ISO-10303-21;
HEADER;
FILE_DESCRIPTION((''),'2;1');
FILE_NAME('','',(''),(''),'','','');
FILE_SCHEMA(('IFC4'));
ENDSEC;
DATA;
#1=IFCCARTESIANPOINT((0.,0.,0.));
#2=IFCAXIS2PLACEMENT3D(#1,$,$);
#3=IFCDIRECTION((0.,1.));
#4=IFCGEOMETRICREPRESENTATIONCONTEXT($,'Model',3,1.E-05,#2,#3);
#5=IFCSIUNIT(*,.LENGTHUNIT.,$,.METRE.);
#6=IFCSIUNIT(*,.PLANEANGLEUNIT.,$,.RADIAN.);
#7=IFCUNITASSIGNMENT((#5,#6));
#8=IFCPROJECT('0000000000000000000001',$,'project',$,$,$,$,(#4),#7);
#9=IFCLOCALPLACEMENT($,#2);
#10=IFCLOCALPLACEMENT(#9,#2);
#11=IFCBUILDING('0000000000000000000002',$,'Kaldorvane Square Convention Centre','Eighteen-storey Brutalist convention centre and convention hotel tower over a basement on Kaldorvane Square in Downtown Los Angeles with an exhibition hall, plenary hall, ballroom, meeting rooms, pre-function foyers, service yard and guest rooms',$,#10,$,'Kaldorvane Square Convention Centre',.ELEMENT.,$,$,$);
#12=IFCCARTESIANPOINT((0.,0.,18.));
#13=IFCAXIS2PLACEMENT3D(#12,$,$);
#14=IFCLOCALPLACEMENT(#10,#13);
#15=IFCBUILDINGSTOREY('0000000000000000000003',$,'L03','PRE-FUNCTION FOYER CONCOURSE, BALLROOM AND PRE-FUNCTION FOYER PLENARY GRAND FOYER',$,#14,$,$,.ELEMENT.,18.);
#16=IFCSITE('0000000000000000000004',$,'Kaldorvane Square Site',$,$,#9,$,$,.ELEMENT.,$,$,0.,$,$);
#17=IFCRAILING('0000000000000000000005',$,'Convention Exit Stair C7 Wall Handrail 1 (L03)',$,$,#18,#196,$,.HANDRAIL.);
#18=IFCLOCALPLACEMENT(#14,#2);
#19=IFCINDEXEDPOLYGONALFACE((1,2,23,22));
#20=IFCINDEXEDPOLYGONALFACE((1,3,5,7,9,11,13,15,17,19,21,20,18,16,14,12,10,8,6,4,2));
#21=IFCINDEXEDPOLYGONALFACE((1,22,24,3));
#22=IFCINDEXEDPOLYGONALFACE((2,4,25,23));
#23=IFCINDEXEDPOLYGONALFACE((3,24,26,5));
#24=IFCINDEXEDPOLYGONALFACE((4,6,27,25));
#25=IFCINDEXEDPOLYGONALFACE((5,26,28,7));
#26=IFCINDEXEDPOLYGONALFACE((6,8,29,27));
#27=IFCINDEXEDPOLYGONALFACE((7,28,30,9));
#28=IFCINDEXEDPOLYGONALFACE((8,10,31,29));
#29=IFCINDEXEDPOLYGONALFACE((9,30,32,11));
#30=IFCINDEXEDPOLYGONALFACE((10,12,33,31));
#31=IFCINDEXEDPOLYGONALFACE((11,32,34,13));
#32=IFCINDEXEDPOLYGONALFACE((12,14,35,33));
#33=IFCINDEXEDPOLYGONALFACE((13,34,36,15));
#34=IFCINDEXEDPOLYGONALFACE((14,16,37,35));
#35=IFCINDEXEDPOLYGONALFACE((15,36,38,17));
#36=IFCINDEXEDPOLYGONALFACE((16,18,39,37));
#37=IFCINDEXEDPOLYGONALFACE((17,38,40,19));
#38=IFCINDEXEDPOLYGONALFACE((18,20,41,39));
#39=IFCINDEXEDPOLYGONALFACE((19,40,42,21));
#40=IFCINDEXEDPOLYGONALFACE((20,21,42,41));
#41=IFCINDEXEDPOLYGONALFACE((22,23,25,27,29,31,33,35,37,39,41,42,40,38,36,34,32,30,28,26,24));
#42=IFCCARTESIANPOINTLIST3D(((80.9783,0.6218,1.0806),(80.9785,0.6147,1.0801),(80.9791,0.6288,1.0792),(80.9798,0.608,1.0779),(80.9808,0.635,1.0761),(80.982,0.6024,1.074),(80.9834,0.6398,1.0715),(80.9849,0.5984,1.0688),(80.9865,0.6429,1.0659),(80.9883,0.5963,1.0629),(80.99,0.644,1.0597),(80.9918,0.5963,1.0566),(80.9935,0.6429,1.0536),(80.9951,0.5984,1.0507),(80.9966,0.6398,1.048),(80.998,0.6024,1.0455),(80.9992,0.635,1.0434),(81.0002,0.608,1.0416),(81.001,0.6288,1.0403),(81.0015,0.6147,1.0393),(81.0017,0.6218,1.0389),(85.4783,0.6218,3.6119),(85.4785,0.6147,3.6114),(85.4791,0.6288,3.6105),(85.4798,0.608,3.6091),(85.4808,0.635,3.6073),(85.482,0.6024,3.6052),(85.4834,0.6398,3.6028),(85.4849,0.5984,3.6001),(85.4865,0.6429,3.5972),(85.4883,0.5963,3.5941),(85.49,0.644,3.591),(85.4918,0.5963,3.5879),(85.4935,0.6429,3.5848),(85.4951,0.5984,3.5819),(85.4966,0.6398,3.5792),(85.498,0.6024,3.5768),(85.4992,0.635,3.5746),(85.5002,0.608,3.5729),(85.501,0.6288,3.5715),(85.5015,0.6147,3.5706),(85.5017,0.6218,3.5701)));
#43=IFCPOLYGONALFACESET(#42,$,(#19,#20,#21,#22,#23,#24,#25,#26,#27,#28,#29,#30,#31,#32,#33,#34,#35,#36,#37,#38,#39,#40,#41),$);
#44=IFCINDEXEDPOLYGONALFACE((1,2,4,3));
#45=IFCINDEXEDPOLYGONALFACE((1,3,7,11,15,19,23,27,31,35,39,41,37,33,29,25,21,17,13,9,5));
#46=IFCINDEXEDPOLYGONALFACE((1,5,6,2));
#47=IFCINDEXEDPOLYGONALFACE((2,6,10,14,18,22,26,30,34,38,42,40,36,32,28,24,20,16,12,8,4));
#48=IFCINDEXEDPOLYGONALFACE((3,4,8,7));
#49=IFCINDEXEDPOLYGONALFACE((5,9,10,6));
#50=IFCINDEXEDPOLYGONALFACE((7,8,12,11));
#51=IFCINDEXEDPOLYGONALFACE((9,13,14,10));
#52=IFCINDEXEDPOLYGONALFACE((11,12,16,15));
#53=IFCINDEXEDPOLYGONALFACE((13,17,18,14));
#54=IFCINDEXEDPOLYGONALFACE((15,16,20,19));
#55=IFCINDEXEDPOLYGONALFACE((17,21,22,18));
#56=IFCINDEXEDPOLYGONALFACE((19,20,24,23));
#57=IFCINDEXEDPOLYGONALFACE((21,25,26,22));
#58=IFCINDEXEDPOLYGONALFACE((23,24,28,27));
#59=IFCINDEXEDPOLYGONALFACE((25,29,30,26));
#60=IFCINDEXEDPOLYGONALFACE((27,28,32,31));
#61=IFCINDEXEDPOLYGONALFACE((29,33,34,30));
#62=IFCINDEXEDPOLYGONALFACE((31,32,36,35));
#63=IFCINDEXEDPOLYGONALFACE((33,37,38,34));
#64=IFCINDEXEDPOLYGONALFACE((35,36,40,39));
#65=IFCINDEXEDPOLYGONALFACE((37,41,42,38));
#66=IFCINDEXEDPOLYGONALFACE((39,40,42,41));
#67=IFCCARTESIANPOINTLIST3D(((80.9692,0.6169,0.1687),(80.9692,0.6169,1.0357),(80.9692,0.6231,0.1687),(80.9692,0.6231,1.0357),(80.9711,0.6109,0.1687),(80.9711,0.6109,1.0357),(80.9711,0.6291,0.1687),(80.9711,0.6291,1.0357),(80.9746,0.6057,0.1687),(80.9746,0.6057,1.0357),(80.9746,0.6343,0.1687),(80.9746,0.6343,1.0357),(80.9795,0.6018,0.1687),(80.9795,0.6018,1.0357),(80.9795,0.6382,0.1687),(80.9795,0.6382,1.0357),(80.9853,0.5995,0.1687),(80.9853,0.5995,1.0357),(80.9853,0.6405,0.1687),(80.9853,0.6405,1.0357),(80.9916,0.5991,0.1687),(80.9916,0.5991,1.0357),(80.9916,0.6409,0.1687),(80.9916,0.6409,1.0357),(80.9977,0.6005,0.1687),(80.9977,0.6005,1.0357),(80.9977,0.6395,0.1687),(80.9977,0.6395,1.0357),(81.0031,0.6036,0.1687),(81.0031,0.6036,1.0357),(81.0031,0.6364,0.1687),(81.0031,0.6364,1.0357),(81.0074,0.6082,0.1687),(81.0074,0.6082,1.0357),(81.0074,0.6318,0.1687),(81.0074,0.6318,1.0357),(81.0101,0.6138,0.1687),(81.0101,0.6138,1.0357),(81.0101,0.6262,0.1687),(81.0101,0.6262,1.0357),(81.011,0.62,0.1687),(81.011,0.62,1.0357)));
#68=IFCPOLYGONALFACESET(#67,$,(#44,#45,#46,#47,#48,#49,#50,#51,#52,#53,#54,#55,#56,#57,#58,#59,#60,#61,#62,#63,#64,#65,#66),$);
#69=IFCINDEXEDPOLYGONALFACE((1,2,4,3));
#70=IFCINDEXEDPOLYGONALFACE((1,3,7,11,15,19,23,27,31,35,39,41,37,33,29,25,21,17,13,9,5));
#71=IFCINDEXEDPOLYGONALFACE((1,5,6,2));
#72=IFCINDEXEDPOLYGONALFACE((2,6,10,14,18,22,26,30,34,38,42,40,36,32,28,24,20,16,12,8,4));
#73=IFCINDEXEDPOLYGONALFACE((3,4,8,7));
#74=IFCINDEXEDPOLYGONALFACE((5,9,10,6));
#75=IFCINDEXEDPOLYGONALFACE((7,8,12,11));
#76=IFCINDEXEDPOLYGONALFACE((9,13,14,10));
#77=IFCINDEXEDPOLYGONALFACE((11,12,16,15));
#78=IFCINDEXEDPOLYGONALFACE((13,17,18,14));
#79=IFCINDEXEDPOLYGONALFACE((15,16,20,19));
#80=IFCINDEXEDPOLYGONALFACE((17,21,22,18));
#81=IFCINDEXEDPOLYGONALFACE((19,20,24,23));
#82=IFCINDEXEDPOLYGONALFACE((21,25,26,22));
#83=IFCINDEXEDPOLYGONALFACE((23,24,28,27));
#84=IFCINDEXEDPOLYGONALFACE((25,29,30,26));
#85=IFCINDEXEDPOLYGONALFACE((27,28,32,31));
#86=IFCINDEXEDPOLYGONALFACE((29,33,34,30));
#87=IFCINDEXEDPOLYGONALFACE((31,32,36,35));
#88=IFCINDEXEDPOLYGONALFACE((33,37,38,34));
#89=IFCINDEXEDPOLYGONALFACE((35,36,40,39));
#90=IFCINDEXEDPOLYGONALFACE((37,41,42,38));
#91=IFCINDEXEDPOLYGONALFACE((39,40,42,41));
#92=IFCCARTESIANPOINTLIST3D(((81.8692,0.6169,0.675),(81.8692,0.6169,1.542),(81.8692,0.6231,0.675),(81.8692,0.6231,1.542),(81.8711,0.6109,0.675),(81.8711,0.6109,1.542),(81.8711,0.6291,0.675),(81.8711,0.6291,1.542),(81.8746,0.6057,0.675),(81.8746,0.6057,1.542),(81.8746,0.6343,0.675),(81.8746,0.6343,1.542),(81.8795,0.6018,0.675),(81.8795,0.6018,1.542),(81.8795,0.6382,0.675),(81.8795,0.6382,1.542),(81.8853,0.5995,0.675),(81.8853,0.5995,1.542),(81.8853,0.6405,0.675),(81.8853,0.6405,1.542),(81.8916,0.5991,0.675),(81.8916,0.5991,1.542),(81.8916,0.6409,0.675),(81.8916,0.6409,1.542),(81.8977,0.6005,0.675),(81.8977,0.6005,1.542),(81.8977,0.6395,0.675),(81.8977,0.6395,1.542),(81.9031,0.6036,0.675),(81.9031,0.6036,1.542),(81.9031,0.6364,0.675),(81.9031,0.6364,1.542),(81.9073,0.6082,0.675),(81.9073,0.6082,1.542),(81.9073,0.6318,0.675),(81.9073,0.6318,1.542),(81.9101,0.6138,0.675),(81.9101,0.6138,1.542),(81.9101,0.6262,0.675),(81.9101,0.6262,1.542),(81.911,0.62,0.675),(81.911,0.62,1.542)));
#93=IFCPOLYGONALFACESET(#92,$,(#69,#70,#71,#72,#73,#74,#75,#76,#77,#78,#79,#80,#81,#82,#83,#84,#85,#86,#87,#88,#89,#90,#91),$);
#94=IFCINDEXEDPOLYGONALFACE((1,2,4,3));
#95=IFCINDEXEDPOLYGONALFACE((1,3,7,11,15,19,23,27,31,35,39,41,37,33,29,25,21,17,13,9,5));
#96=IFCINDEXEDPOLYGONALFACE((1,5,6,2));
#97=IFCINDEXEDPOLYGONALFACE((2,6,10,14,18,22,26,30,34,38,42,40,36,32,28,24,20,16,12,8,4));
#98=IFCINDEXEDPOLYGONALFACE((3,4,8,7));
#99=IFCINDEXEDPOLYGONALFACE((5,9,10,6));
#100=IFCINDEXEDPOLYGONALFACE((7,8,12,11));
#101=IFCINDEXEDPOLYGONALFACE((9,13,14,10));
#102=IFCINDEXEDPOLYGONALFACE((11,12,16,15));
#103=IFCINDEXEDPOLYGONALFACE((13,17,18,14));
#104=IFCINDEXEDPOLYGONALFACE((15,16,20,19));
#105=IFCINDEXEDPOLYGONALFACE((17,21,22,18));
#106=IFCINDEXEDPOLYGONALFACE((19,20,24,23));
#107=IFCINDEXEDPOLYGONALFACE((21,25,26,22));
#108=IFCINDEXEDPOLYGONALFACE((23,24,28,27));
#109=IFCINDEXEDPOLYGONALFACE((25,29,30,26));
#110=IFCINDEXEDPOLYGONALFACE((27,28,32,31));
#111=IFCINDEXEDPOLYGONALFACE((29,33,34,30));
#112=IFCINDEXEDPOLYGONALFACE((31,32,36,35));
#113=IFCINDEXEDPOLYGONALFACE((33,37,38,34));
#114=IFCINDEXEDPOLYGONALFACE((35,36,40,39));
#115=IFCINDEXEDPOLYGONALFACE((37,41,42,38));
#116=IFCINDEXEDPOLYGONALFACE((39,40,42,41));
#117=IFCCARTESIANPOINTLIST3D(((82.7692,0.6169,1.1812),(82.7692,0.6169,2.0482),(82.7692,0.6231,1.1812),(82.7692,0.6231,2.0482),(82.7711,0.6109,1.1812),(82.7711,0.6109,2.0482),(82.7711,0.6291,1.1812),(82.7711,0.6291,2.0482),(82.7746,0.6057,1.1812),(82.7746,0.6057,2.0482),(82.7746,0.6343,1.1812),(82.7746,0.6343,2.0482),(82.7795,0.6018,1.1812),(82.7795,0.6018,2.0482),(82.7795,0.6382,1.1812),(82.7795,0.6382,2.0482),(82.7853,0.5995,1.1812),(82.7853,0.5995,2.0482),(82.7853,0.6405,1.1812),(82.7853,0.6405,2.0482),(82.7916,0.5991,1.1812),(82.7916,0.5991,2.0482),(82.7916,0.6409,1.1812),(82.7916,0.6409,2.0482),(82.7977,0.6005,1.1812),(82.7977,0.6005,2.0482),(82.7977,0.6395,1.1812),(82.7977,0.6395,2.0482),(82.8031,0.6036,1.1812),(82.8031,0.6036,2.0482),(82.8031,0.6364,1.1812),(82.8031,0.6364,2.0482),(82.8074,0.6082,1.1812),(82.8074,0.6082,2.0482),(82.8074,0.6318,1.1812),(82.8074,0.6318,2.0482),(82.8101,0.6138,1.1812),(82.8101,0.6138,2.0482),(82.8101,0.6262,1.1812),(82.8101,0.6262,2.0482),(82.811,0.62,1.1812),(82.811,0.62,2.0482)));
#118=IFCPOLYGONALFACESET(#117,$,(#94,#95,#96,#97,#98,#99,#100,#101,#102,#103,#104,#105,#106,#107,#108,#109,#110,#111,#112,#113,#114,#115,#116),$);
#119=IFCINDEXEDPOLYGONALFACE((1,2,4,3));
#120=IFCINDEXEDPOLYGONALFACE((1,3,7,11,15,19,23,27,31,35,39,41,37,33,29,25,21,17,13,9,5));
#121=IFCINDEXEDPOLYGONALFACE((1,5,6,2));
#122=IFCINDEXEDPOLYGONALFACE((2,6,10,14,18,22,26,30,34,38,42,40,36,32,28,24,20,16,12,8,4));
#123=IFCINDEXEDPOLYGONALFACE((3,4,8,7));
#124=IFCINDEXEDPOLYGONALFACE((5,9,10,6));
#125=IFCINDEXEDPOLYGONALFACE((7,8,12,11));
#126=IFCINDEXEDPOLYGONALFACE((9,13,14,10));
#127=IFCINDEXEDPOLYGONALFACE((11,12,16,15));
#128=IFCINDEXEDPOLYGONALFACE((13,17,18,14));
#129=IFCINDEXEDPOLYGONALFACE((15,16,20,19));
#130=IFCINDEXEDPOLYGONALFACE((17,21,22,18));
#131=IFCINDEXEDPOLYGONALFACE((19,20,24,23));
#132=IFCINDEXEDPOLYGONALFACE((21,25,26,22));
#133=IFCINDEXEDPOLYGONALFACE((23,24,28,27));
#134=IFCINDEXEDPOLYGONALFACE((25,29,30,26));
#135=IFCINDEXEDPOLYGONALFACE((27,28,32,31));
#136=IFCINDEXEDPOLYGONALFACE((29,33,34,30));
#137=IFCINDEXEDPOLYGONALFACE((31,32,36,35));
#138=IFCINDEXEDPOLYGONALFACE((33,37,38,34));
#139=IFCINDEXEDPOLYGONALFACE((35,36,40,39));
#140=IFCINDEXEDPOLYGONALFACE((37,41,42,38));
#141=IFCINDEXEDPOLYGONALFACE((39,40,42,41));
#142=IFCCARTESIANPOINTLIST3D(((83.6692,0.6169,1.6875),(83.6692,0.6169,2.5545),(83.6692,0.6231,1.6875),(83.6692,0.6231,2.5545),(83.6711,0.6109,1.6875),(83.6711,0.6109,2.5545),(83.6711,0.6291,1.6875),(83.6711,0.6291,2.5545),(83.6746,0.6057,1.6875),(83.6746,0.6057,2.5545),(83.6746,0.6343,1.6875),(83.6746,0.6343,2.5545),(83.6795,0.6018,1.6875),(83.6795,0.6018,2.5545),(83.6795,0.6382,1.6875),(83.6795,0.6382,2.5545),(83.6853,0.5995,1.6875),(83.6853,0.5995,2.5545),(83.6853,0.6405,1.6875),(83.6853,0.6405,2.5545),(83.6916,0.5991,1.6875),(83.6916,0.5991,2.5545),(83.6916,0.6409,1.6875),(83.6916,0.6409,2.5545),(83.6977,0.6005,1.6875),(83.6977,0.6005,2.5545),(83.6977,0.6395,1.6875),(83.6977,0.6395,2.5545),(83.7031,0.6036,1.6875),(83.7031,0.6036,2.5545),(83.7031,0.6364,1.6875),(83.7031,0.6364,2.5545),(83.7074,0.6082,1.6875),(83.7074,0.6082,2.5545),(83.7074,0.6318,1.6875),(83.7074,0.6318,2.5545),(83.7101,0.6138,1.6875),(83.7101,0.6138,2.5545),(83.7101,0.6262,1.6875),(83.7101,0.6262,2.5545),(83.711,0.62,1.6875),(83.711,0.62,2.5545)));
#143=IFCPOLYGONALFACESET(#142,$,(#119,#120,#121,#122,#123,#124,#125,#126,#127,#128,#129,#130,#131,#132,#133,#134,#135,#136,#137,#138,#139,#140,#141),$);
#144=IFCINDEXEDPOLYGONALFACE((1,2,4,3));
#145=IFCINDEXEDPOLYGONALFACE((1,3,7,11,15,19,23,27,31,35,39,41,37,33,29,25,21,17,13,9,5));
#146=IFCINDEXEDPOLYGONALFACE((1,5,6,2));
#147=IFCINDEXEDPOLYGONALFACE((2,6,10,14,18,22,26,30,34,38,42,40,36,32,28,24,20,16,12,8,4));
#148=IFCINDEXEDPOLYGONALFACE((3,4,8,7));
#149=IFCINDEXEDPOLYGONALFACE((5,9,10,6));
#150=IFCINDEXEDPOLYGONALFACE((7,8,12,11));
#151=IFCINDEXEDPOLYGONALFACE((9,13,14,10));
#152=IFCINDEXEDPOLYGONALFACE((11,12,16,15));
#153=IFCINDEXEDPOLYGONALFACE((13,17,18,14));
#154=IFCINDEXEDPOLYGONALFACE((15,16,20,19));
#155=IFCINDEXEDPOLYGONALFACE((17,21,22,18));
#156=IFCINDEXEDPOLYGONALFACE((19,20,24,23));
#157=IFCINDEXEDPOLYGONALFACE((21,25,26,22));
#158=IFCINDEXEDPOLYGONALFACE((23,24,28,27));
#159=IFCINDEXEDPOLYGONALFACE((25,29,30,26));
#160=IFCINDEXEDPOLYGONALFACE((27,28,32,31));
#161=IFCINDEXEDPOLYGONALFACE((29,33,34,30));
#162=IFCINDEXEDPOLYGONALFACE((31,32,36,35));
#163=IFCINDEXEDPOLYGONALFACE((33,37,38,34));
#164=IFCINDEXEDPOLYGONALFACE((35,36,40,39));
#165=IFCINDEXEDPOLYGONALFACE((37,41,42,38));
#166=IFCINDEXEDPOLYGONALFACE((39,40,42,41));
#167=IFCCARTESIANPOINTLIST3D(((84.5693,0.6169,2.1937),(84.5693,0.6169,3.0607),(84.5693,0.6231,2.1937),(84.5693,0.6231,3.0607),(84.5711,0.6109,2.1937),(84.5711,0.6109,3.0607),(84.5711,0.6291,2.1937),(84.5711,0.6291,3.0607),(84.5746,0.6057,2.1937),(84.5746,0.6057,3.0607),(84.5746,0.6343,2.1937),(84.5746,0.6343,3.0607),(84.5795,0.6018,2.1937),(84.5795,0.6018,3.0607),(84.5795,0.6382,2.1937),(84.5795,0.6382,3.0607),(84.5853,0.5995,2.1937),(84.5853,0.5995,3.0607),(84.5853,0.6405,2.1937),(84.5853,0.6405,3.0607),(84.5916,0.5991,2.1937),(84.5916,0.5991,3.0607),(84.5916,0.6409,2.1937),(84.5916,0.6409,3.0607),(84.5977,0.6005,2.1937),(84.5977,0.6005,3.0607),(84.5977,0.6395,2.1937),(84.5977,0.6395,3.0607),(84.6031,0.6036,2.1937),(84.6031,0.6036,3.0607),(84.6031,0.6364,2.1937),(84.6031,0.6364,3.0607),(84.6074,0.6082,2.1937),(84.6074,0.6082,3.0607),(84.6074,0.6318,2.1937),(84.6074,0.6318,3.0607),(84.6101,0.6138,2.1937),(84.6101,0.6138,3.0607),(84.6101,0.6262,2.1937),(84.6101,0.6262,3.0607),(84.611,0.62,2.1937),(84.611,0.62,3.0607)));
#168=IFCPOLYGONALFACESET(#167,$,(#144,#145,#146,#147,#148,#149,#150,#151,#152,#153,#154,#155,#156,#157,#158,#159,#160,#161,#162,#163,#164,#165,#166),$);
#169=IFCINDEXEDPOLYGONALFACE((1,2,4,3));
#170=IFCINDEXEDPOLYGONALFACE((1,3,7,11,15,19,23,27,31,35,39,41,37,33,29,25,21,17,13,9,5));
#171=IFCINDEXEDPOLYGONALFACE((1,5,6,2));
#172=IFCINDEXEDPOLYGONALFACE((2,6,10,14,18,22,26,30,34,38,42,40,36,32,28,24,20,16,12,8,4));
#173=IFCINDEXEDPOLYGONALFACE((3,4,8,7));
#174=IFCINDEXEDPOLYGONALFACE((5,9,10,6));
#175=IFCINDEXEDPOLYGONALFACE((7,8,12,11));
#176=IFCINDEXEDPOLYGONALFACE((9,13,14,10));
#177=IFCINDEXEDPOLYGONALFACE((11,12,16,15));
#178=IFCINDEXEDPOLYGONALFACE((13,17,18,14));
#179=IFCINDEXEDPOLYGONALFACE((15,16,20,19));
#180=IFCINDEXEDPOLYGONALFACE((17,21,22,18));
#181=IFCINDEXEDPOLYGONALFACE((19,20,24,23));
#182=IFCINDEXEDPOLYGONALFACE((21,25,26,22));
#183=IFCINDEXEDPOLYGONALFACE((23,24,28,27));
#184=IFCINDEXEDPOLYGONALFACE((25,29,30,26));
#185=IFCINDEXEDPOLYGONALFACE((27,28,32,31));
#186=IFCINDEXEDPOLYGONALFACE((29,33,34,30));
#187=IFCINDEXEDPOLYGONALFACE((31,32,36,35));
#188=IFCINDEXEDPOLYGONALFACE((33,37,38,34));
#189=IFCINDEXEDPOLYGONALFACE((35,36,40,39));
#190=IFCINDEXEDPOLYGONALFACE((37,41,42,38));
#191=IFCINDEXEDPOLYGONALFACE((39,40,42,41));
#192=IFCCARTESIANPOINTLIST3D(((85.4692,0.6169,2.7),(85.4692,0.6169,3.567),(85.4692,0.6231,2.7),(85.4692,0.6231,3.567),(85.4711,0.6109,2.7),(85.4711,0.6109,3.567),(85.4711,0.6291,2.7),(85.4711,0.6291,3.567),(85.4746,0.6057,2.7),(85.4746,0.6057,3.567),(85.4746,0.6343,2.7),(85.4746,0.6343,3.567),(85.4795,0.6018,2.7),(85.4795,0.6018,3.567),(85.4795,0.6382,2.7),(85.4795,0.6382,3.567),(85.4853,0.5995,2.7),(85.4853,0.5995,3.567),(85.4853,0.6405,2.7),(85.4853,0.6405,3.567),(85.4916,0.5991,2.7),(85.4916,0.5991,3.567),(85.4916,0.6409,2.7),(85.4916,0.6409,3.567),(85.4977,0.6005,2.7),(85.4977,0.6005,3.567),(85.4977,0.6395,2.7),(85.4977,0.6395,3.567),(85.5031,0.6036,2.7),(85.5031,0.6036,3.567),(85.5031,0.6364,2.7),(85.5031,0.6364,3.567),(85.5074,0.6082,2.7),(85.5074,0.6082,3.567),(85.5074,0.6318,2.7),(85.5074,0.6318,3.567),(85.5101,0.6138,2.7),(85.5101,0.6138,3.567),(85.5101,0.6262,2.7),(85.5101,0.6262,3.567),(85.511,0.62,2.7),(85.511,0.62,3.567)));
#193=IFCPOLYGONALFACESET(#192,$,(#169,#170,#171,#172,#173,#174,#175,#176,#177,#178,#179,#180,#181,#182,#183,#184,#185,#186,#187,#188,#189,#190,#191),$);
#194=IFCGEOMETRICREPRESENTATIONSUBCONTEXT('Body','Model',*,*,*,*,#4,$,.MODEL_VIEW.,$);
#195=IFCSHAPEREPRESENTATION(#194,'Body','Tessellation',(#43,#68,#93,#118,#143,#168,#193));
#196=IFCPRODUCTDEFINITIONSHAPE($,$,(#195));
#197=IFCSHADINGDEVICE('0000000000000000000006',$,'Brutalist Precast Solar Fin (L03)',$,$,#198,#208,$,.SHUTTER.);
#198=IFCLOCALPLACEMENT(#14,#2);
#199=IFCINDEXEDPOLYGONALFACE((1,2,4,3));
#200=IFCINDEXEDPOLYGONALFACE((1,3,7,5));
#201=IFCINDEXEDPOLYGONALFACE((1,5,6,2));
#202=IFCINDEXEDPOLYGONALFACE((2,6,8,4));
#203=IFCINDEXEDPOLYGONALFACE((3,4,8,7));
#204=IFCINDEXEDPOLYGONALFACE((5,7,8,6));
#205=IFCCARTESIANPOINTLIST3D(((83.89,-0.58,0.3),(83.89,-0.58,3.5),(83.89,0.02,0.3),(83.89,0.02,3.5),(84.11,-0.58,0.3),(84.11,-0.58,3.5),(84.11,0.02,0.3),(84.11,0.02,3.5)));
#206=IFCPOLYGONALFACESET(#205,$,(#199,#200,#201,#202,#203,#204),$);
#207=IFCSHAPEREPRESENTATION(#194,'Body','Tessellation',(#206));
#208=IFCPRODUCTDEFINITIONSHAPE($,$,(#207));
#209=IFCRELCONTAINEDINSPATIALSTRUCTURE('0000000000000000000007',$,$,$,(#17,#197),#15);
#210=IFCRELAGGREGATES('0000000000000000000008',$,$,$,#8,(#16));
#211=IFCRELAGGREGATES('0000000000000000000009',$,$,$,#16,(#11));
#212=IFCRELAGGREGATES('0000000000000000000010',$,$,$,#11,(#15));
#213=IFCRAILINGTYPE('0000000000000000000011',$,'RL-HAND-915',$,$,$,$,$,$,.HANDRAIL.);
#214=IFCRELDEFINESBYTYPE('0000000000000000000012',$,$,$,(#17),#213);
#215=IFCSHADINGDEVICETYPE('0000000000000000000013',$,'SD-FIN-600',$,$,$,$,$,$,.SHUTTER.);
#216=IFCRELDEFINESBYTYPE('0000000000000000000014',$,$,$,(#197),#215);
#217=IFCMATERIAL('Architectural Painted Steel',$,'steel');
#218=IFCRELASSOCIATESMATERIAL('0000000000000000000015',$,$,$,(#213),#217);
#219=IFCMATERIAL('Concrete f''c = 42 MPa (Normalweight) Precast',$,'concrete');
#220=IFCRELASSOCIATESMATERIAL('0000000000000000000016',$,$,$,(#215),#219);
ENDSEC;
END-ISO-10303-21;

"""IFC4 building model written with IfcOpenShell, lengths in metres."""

from ifc_helpers import new_model, si_unit, direction, frame, origin, origin_2d, place, context, subcontext, project, spatial, rectangle, circle, extrude, material, type_object, element, save


model = new_model("IFC4")

# Units and contexts
model_context = context("Model", 3, precision=1e-05, world=origin(), true_north=direction((0.0, 1.0)))
body_context = subcontext(model_context, "Body", "Model", "MODEL_VIEW")
ifc_project = project(units=[si_unit("LENGTHUNIT", "METRE"), si_unit("PLANEANGLEUNIT", "RADIAN")], contexts=[model_context])

# Site, building, storey
site_placement = place(None, origin())
site = spatial("IfcSite", under=ifc_project, at=site_placement, Name="Kaldorvane Square Site", CompositionType="ELEMENT", RefElevation=0.0)
building_placement = place(site_placement, origin())
building = spatial("IfcBuilding", under=site, at=building_placement, Name="Kaldorvane Square Convention Centre", Description="Eighteen-storey Brutalist convention centre and convention hotel tower over a basement on Kaldorvane Square in Downtown Los Angeles with an exhibition hall, plenary hall, ballroom, meeting rooms, pre-function foyers, service yard and guest rooms", LongName="Kaldorvane Square Convention Centre", CompositionType="ELEMENT")
storey_placement = place(building_placement, frame((0.0, 0.0, 18.0)))
storey = spatial("IfcBuildingStorey", under=building, at=storey_placement, Name="L03", Description="PRE-FUNCTION FOYER CONCOURSE, BALLROOM AND PRE-FUNCTION FOYER PLENARY GRAND FOYER", CompositionType="ELEMENT", Elevation=18.0)

# Railing
ifc_material_1 = material(Name="Architectural Painted Steel", Category="steel")
railing_type_1 = type_object("IfcRailingType", Name="RL-HAND-915", PredefinedType="HANDRAIL", material=ifc_material_1)
railing_1_placement = place(storey_placement, frame((80.99, 0.62, 0.1687)))
element("IfcRailing", 1, at=railing_1_placement, inside=storey, type_object=railing_type_1, Name="Convention Exit Stair C7 Wall Handrail 1 (L03)", PredefinedType="HANDRAIL", context=body_context, shape_type="SweptSolid", body=[
    extrude(circle(Radius=0.024, at=origin_2d()), frame((0.0, 0.0, 0.891), z_axis=(0.871576, 0.0, 0.490261), x_axis=(0.0, 1.0, 0.0)), (0.0, 0.0, 1.0), 5.1631),
    extrude(circle(Radius=0.021, at=origin_2d()), origin(), (0.0, 0.0, 1.0), 0.867),
    extrude(circle(Radius=0.021, at=origin_2d()), frame((0.9, 0.0, 0.5063)), (0.0, 0.0, 1.0), 0.867),
    extrude(circle(Radius=0.021, at=origin_2d()), frame((1.8, 0.0, 1.0125)), (0.0, 0.0, 1.0), 0.867),
    extrude(circle(Radius=0.021, at=origin_2d()), frame((2.7, 0.0, 1.5188)), (0.0, 0.0, 1.0), 0.867),
    extrude(circle(Radius=0.021, at=origin_2d()), frame((3.6, 0.0, 2.025)), (0.0, 0.0, 1.0), 0.867),
    extrude(circle(Radius=0.021, at=origin_2d()), frame((4.5, 0.0, 2.5312)), (0.0, 0.0, 1.0), 0.867),
])

# Shading device
ifc_material_2 = material(Name="Concrete f'c = 42 MPa (Normalweight) Precast", Category="concrete")
shading_device_type = type_object("IfcShadingDeviceType", Name="SD-FIN-600", PredefinedType="SHUTTER", material=ifc_material_2)
shading_device_placement = place(storey_placement, frame((84.0, -0.28, 0.3), z_axis=(0.0, 0.0, 1.0), x_axis=(1.0, 0.0, 0.0)))
element("IfcShadingDevice", 2, at=shading_device_placement, inside=storey, type_object=shading_device_type, Name="Brutalist Precast Solar Fin (L03)", PredefinedType="SHUTTER", context=body_context, shape_type="SweptSolid", body=[
    extrude(rectangle(XDim=0.22, YDim=0.6, at=origin_2d()), origin(), (0.0, 0.0, 1.0), 3.2),
])

save(model, "model.ifc")
